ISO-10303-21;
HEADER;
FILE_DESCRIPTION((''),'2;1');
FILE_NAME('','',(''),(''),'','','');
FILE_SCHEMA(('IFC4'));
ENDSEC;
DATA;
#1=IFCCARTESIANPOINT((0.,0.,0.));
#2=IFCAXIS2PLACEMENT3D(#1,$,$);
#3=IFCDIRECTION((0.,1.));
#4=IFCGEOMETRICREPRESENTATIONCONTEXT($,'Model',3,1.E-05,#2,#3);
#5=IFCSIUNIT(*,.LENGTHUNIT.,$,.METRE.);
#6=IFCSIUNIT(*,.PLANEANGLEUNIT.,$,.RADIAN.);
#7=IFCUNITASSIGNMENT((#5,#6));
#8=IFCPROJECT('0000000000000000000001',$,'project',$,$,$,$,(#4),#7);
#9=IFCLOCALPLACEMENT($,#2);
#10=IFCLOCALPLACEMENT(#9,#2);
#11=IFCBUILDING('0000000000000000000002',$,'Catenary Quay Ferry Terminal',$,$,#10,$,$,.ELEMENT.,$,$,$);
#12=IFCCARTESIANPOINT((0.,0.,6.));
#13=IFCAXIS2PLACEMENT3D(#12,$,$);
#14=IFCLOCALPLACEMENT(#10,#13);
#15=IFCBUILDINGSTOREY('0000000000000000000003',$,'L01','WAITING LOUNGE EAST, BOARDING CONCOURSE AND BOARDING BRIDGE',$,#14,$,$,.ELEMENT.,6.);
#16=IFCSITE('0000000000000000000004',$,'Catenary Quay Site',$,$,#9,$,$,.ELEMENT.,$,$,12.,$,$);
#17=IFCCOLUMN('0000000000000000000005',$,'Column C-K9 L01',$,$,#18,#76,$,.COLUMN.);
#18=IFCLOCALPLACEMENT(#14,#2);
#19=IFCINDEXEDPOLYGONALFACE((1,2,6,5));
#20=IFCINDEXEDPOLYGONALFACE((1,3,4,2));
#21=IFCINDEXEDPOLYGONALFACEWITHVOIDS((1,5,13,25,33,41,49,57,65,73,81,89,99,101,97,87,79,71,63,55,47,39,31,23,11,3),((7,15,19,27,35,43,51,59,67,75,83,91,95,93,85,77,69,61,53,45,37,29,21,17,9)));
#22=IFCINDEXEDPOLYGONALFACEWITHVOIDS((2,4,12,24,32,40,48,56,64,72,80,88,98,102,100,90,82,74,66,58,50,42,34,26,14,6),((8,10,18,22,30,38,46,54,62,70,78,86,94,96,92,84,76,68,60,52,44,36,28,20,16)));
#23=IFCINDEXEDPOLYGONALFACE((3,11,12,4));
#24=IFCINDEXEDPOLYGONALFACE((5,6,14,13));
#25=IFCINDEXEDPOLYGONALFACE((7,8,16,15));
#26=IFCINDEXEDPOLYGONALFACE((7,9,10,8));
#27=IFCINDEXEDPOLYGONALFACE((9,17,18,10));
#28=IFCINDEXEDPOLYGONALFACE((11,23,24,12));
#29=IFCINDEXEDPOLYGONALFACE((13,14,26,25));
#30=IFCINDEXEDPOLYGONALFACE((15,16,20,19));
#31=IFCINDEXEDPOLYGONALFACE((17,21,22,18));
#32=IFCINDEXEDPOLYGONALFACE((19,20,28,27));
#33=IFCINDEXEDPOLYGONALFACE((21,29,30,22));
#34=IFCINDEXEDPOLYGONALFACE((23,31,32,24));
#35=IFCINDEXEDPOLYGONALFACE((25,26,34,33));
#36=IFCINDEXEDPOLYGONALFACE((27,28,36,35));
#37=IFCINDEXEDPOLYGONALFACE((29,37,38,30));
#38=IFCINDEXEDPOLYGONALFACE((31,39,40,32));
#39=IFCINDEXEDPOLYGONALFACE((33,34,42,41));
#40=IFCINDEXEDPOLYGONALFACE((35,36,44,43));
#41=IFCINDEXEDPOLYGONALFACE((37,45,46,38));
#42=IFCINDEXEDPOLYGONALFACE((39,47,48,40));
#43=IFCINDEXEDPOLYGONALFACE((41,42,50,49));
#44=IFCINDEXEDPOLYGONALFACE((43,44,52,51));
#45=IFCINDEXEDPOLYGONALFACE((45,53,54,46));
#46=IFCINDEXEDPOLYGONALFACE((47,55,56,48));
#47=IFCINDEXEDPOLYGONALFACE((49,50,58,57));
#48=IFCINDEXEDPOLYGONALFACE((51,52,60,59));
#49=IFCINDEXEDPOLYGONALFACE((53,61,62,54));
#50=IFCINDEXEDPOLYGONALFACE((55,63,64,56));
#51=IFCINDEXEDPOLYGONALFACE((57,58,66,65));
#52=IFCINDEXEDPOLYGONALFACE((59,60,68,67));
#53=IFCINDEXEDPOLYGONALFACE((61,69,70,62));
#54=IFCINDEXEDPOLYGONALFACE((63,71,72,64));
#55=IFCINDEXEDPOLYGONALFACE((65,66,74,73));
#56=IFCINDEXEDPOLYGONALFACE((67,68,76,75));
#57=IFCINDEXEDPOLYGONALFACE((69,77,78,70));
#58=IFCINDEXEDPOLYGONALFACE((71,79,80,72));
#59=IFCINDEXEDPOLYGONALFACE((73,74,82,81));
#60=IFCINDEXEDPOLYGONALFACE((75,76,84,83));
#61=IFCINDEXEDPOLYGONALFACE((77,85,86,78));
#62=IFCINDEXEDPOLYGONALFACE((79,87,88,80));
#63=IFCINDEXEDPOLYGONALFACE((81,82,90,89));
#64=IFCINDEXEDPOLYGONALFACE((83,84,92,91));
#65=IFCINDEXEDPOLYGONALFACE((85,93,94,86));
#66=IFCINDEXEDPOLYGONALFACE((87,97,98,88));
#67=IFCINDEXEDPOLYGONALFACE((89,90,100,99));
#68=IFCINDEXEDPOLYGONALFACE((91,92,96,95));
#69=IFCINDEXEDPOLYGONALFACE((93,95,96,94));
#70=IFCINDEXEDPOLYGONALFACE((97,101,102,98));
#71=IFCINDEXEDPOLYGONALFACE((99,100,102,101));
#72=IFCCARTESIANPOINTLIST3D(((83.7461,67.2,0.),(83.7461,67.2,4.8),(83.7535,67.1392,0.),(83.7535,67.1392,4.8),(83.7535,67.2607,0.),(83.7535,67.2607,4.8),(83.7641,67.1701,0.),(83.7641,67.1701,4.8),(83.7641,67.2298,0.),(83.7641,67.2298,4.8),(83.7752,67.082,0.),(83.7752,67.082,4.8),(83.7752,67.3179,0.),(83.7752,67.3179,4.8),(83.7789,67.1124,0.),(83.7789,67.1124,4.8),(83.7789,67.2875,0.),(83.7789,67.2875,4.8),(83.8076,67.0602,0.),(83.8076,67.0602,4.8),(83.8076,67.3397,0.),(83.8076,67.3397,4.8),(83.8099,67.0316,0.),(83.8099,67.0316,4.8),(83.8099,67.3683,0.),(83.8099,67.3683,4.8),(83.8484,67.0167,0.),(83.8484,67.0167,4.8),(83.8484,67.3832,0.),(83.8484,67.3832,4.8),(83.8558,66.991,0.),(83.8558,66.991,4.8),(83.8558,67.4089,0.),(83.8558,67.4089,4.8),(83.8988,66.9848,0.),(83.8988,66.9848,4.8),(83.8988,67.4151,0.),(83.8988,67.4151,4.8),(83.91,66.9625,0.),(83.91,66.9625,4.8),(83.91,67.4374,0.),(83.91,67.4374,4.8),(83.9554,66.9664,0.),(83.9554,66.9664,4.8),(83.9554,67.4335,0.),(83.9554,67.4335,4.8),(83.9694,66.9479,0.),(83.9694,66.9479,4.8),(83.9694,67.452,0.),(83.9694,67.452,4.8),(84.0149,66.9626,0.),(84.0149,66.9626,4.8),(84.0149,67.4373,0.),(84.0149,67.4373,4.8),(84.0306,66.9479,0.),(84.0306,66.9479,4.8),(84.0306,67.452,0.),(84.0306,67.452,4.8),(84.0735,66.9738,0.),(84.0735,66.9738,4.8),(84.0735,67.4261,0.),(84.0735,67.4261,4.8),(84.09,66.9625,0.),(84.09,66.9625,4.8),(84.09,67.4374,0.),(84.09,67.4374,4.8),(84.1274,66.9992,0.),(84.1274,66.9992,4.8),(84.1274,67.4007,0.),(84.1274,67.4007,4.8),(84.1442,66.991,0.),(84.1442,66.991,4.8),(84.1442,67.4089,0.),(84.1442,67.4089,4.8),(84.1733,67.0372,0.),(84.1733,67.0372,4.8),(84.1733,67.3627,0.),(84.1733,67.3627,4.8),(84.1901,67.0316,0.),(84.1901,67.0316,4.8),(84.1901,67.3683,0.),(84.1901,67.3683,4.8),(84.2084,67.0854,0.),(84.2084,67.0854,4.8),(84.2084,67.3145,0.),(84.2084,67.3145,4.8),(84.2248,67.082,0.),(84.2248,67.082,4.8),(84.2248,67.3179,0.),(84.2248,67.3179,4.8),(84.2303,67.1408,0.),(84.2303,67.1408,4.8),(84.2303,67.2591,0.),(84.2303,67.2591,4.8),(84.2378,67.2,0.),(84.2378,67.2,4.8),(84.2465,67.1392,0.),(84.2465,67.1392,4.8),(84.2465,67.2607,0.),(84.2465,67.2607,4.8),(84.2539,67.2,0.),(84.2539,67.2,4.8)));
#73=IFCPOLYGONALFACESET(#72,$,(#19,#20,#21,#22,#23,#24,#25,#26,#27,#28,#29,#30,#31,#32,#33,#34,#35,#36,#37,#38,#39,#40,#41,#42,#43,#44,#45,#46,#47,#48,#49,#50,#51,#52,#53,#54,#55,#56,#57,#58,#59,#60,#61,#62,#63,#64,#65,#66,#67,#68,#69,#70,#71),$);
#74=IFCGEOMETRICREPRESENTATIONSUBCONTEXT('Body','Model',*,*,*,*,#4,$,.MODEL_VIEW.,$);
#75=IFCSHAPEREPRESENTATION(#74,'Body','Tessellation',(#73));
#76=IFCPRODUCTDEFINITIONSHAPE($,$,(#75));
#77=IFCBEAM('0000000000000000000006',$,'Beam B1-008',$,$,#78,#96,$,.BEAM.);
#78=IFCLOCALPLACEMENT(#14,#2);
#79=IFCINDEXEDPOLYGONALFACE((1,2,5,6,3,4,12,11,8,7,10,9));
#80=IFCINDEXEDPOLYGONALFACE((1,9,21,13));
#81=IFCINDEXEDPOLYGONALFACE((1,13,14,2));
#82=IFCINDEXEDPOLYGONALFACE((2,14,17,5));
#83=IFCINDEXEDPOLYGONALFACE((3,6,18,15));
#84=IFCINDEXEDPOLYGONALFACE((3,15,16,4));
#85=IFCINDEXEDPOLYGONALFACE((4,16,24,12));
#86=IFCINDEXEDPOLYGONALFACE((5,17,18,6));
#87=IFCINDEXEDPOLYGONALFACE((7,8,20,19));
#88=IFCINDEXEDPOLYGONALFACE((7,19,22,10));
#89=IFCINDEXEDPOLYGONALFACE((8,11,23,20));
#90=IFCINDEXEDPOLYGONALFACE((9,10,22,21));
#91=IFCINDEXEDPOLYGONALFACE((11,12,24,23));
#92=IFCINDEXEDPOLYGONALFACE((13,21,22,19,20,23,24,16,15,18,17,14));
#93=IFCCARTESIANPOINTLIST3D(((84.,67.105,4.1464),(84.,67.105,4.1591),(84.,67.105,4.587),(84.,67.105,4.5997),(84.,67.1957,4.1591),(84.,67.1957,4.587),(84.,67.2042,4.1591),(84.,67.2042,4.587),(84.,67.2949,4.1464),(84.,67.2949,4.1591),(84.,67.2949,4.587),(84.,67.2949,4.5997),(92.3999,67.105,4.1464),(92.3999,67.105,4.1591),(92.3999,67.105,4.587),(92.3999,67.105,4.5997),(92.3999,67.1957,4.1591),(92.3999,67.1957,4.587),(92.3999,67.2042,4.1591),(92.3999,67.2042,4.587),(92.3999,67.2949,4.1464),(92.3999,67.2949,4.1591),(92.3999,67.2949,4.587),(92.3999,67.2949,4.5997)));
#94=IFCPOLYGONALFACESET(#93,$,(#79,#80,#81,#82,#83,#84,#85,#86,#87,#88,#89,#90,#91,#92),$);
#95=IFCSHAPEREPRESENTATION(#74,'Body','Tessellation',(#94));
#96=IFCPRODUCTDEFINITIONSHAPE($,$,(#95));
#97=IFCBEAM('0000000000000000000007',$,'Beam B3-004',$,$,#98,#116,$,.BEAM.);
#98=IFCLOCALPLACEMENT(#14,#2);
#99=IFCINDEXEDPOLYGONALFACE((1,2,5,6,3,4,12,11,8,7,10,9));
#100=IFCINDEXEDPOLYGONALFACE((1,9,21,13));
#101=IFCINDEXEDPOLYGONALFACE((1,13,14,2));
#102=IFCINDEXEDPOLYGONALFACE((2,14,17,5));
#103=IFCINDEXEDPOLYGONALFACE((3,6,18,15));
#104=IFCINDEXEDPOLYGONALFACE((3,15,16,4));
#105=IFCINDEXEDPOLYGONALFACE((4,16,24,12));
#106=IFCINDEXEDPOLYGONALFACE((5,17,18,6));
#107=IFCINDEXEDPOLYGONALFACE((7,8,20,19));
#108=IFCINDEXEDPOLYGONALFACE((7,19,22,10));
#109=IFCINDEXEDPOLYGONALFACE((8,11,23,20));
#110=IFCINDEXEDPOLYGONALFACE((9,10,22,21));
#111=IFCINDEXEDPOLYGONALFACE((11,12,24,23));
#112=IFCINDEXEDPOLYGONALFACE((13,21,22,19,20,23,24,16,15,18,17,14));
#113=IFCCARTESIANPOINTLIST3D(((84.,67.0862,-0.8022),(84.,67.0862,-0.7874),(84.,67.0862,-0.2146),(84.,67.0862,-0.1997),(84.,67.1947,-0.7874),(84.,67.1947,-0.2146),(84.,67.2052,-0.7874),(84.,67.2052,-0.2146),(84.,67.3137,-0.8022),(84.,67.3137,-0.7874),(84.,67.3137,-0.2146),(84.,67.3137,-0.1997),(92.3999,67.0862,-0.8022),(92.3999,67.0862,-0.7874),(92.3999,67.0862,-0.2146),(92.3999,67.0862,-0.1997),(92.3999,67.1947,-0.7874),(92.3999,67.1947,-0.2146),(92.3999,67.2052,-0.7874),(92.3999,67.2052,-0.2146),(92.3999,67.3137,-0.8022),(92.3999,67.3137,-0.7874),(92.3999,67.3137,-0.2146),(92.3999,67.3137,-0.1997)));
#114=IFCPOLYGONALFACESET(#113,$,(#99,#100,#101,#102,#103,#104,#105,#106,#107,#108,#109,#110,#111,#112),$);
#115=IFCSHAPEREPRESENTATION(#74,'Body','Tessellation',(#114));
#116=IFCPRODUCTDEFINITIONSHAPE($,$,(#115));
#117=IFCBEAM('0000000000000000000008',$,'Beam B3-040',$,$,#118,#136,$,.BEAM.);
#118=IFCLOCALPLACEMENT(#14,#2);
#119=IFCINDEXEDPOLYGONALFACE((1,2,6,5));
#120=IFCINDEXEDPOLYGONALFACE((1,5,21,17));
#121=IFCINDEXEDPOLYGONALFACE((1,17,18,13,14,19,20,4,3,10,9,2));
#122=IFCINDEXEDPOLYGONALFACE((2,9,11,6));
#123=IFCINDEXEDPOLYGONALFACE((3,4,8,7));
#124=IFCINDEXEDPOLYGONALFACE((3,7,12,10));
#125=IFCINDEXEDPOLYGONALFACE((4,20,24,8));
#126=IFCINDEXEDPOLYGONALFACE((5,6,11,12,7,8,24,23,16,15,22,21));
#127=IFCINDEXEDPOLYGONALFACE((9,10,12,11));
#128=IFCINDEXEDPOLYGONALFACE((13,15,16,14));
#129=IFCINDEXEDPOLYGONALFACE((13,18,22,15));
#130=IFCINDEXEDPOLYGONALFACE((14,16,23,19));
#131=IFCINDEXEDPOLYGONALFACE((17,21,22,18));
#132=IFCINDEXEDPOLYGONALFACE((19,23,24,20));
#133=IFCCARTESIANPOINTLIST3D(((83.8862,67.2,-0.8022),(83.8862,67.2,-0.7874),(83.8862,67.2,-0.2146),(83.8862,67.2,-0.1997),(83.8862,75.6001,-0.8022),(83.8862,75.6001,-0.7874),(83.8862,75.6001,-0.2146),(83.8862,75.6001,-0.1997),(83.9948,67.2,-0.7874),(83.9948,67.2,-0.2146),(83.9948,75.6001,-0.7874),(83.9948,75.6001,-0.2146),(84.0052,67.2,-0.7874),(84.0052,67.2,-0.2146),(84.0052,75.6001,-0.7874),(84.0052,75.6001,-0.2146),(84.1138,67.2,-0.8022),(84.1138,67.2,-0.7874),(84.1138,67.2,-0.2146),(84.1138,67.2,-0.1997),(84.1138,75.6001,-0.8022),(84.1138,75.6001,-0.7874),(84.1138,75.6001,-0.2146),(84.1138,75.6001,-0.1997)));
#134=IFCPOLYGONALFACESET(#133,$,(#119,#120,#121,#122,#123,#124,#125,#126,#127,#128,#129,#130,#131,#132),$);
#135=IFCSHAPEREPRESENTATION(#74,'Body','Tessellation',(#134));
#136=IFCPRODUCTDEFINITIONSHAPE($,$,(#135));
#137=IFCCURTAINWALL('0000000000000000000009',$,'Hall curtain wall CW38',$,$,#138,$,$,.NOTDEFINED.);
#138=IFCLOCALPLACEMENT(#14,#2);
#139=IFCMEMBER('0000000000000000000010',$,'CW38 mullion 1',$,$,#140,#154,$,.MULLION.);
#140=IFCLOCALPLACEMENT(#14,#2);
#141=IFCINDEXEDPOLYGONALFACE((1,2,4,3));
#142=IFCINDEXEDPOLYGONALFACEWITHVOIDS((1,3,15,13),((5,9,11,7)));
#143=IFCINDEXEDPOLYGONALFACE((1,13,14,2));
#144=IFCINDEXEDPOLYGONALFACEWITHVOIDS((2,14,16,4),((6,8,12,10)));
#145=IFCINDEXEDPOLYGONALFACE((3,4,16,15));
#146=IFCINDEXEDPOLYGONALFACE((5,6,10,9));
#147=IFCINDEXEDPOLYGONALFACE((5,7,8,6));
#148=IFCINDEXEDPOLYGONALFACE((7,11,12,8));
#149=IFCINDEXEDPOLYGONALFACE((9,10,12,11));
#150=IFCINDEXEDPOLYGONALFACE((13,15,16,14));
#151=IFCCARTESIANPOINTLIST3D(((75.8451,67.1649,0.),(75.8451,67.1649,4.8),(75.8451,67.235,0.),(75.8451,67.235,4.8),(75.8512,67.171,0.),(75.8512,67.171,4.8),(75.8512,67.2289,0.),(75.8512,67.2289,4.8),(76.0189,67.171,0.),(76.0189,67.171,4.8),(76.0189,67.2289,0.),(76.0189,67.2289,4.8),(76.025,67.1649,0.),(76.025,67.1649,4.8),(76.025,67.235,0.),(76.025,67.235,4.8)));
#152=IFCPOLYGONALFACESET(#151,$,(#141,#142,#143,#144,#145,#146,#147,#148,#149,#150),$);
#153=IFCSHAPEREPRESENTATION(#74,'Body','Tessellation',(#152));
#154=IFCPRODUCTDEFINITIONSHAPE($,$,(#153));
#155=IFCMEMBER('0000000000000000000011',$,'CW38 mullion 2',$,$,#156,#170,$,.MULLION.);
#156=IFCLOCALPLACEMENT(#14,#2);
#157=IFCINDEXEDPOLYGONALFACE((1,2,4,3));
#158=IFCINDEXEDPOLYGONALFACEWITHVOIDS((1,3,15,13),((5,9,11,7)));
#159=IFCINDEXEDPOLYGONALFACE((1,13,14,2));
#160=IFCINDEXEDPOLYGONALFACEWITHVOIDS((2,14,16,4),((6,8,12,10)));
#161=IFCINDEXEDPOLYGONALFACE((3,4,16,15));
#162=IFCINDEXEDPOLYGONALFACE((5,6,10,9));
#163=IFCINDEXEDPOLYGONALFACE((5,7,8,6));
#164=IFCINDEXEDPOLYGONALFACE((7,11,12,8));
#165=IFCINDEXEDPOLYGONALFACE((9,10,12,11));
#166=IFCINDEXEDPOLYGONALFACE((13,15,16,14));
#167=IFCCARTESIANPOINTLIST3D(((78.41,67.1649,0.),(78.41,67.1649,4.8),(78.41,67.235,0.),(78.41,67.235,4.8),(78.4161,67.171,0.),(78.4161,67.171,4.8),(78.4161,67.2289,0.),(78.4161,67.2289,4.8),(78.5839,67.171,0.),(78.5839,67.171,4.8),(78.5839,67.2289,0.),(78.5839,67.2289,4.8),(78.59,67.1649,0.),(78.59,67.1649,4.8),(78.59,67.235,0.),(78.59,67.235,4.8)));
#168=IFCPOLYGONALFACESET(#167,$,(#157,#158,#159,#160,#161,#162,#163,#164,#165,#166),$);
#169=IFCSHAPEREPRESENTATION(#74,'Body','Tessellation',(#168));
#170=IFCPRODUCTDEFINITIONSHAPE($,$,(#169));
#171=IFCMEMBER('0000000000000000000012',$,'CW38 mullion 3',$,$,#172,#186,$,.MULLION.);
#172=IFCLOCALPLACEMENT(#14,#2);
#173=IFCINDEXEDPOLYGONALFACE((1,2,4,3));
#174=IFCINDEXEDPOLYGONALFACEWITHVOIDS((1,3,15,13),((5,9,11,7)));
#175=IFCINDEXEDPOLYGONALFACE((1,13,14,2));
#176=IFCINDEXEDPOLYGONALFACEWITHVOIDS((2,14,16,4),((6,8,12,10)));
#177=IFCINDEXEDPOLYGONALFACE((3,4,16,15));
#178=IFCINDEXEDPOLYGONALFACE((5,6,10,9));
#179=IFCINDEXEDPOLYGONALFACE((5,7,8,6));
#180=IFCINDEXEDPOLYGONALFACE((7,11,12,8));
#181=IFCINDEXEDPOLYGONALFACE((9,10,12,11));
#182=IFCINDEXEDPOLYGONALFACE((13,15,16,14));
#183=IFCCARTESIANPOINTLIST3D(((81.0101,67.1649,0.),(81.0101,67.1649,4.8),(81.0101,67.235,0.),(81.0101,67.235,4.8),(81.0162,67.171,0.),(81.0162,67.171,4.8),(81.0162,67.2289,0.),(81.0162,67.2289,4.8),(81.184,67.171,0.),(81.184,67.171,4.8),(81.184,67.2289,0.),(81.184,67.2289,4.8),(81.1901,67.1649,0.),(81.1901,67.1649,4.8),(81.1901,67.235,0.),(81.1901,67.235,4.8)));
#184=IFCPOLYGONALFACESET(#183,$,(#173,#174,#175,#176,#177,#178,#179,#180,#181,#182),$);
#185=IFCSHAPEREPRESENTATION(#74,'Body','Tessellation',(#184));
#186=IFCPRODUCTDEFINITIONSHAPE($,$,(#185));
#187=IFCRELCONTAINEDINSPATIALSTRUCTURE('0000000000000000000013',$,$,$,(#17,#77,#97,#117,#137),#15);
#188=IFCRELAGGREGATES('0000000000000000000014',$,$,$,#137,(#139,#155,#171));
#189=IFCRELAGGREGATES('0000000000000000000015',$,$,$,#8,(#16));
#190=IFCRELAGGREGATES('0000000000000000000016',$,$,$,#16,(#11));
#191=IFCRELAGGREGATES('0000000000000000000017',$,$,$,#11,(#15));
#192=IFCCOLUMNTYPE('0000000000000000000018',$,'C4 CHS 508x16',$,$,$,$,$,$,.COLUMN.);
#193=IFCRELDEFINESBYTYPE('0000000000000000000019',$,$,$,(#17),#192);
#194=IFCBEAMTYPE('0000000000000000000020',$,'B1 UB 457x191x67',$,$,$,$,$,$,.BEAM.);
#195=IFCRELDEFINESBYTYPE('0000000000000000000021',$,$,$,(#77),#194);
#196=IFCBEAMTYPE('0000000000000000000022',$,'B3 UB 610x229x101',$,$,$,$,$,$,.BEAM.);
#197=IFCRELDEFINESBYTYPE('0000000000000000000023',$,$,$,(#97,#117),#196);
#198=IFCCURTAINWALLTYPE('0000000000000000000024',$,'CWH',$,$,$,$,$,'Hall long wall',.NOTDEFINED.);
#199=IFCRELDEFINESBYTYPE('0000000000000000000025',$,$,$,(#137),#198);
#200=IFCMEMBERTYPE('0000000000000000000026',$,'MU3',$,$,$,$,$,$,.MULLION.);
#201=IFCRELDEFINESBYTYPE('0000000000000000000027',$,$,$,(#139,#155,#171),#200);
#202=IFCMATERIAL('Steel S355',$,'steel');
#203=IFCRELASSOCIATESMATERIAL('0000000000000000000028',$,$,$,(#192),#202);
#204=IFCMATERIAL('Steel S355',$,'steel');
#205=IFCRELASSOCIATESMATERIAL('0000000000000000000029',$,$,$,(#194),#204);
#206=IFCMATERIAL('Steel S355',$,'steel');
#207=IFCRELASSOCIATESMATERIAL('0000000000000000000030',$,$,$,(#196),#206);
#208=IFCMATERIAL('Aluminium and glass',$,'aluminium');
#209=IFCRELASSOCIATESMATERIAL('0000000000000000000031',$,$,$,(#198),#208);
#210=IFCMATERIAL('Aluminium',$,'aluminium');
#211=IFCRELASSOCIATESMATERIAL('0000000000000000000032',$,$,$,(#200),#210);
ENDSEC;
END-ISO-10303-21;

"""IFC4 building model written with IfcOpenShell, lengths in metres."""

from ifc_helpers import new_model, si_unit, direction, frame, origin, origin_2d, place, context, subcontext, project, spatial, hollow_rectangle, hollow_circle, i_section, extrude, material, material_profile, profile_set, type_object, element, aggregate, save


model = new_model("IFC4")

# Units and contexts
model_context = context("Model", 3, precision=1e-05, world=origin(), true_north=direction((0.0, 1.0)))
body_context = subcontext(model_context, "Body", "Model", "MODEL_VIEW")
ifc_project = project(units=[si_unit("LENGTHUNIT", "METRE"), si_unit("PLANEANGLEUNIT", "RADIAN")], contexts=[model_context])

# Site, building, storey
site_placement = place(None, origin())
site = spatial("IfcSite", under=ifc_project, at=site_placement, Name="Catenary Quay Site", CompositionType="ELEMENT", RefElevation=12.0)
building_placement = place(site_placement, origin())
building = spatial("IfcBuilding", under=site, at=building_placement, Name="Catenary Quay Ferry Terminal", CompositionType="ELEMENT")
storey_placement = place(building_placement, frame((0.0, 0.0, 6.0)))
storey = spatial("IfcBuildingStorey", under=building, at=storey_placement, Name="L01", Description="WAITING LOUNGE EAST, BOARDING CONCOURSE AND BOARDING BRIDGE", CompositionType="ELEMENT", Elevation=6.0)

# Column
ifc_material_1 = material(Name="Steel S355", Category="steel")
ifc_material_profile_1 = material_profile(ifc_material_1, hollow_circle(Radius=0.2539, WallThickness=0.0161, at=origin_2d()), Name="CHS 508x16")
ifc_profile_set_1 = profile_set([ifc_material_profile_1], Name="Steel S355")
column_type = type_object("IfcColumnType", Name="C4 CHS 508x16", PredefinedType="COLUMN", material=ifc_profile_set_1)
column_placement = place(storey_placement, frame((84.0, 67.2, 0.0), z_axis=(0.0, 0.0, 1.0), x_axis=(1.0, 0.0, 0.0)))
element("IfcColumn", 1, at=column_placement, inside=storey, type_object=column_type, Name="Column C-K9 L01", PredefinedType="COLUMN", context=body_context, shape_type="SweptSolid", body=[
    extrude(hollow_circle(Radius=0.2539, WallThickness=0.0161, at=origin_2d()), origin(), (0.0, 0.0, 1.0), 4.8),
])

# Beams
ifc_material_2 = material(Name="Steel S355", Category="steel")
ifc_material_profile_2 = material_profile(ifc_material_2, i_section(OverallWidth=0.1899, OverallDepth=0.4534, WebThickness=0.0085, FlangeThickness=0.0127, at=origin_2d()), Name="UB 457x191x67")
ifc_profile_set_2 = profile_set([ifc_material_profile_2], Name="Steel S355")
beam_type_1 = type_object("IfcBeamType", Name="B1 UB 457x191x67", PredefinedType="BEAM", material=ifc_profile_set_2)
beam_1_placement = place(storey_placement, frame((84.0, 67.2, 4.373), z_axis=(1.0, 0.0, 0.0), x_axis=(0.0, 1.0, 0.0)))
element("IfcBeam", 2, at=beam_1_placement, inside=storey, type_object=beam_type_1, Name="Beam B1-008", PredefinedType="BEAM", context=body_context, shape_type="SweptSolid", body=[
    extrude(i_section(OverallWidth=0.1899, OverallDepth=0.4534, WebThickness=0.0085, FlangeThickness=0.0127, at=origin_2d()), origin(), (0.0, 0.0, 1.0), 8.3999),
])
ifc_material_3 = material(Name="Steel S355", Category="steel")
ifc_material_profile_3 = material_profile(ifc_material_3, i_section(OverallWidth=0.2275, OverallDepth=0.6025, WebThickness=0.0105, FlangeThickness=0.0149, at=origin_2d()), Name="UB 610x229x101")
ifc_profile_set_3 = profile_set([ifc_material_profile_3], Name="Steel S355")
beam_type_2 = type_object("IfcBeamType", Name="B3 UB 610x229x101", PredefinedType="BEAM", material=ifc_profile_set_3)
beam_2_placement = place(storey_placement, frame((84.0, 67.2, -0.501), z_axis=(1.0, 0.0, 0.0), x_axis=(0.0, 1.0, 0.0)))
element("IfcBeam", 3, at=beam_2_placement, inside=storey, type_object=beam_type_2, Name="Beam B3-004", PredefinedType="BEAM", context=body_context, shape_type="SweptSolid", body=[
    extrude(i_section(OverallWidth=0.2275, OverallDepth=0.6025, WebThickness=0.0105, FlangeThickness=0.0149, at=origin_2d()), origin(), (0.0, 0.0, 1.0), 8.3999),
])
beam_3_placement = place(storey_placement, frame((84.0, 67.2, -0.501), z_axis=(0.0, 1.0, 0.0), x_axis=(-1.0, 0.0, 0.0)))
element("IfcBeam", 4, at=beam_3_placement, inside=storey, type_object=beam_type_2, Name="Beam B3-040", PredefinedType="BEAM", context=body_context, shape_type="SweptSolid", body=[
    extrude(i_section(OverallWidth=0.2275, OverallDepth=0.6025, WebThickness=0.0105, FlangeThickness=0.0149, at=origin_2d()), origin(), (0.0, 0.0, 1.0), 8.4001),
])

# Curtain wall, members
ifc_material_4 = material(Name="Aluminium and glass", Category="aluminium")
curtain_wall_type = type_object("IfcCurtainWallType", Name="CWH", ElementType="Hall long wall", PredefinedType="NOTDEFINED", material=ifc_material_4)
curtain_wall_1_placement = place(storey_placement, origin())
curtain_wall_1 = element("IfcCurtainWall", 5, at=curtain_wall_1_placement, inside=storey, type_object=curtain_wall_type, Name="Hall curtain wall CW38", PredefinedType="NOTDEFINED")
ifc_material_5 = material(Name="Aluminium", Category="aluminium")
ifc_material_profile_4 = material_profile(ifc_material_5, hollow_rectangle(XDim=0.0701, YDim=0.1799, WallThickness=0.0061, at=origin_2d()), Name="MU3")
ifc_profile_set_4 = profile_set([ifc_material_profile_4], Name="Aluminium")
member_type_1 = type_object("IfcMemberType", Name="MU3", PredefinedType="MULLION", material=ifc_profile_set_4)
member_1_placement = place(storey_placement, frame((75.9351, 67.2, 0.0), z_axis=(0.0, 0.0, 1.0), x_axis=(0.0, 1.0, 0.0)))
member_1 = element("IfcMember", 6, at=member_1_placement, type_object=member_type_1, Name="CW38 mullion 1", PredefinedType="MULLION", context=body_context, shape_type="SweptSolid", body=[
    extrude(hollow_rectangle(XDim=0.0701, YDim=0.1799, WallThickness=0.0061, at=origin_2d()), origin(), (0.0, 0.0, 1.0), 4.8),
])
member_2_placement = place(storey_placement, frame((78.5, 67.2, 0.0), z_axis=(0.0, 0.0, 1.0), x_axis=(0.0, 1.0, 0.0)))
member_2 = element("IfcMember", 7, at=member_2_placement, type_object=member_type_1, Name="CW38 mullion 2", PredefinedType="MULLION", context=body_context, shape_type="SweptSolid", body=[
    extrude(hollow_rectangle(XDim=0.0701, YDim=0.1799, WallThickness=0.0061, at=origin_2d()), origin(), (0.0, 0.0, 1.0), 4.8),
])
member_3_placement = place(storey_placement, frame((81.1001, 67.2, 0.0), z_axis=(0.0, 0.0, 1.0), x_axis=(0.0, 1.0, 0.0)))
member_3 = element("IfcMember", 8, at=member_3_placement, type_object=member_type_1, Name="CW38 mullion 3", PredefinedType="MULLION", context=body_context, shape_type="SweptSolid", body=[
    extrude(hollow_rectangle(XDim=0.0701, YDim=0.1799, WallThickness=0.0061, at=origin_2d()), origin(), (0.0, 0.0, 1.0), 4.8),
])

aggregate(curtain_wall_1, [member_1, member_2, member_3])

save(model, "model.ifc")
